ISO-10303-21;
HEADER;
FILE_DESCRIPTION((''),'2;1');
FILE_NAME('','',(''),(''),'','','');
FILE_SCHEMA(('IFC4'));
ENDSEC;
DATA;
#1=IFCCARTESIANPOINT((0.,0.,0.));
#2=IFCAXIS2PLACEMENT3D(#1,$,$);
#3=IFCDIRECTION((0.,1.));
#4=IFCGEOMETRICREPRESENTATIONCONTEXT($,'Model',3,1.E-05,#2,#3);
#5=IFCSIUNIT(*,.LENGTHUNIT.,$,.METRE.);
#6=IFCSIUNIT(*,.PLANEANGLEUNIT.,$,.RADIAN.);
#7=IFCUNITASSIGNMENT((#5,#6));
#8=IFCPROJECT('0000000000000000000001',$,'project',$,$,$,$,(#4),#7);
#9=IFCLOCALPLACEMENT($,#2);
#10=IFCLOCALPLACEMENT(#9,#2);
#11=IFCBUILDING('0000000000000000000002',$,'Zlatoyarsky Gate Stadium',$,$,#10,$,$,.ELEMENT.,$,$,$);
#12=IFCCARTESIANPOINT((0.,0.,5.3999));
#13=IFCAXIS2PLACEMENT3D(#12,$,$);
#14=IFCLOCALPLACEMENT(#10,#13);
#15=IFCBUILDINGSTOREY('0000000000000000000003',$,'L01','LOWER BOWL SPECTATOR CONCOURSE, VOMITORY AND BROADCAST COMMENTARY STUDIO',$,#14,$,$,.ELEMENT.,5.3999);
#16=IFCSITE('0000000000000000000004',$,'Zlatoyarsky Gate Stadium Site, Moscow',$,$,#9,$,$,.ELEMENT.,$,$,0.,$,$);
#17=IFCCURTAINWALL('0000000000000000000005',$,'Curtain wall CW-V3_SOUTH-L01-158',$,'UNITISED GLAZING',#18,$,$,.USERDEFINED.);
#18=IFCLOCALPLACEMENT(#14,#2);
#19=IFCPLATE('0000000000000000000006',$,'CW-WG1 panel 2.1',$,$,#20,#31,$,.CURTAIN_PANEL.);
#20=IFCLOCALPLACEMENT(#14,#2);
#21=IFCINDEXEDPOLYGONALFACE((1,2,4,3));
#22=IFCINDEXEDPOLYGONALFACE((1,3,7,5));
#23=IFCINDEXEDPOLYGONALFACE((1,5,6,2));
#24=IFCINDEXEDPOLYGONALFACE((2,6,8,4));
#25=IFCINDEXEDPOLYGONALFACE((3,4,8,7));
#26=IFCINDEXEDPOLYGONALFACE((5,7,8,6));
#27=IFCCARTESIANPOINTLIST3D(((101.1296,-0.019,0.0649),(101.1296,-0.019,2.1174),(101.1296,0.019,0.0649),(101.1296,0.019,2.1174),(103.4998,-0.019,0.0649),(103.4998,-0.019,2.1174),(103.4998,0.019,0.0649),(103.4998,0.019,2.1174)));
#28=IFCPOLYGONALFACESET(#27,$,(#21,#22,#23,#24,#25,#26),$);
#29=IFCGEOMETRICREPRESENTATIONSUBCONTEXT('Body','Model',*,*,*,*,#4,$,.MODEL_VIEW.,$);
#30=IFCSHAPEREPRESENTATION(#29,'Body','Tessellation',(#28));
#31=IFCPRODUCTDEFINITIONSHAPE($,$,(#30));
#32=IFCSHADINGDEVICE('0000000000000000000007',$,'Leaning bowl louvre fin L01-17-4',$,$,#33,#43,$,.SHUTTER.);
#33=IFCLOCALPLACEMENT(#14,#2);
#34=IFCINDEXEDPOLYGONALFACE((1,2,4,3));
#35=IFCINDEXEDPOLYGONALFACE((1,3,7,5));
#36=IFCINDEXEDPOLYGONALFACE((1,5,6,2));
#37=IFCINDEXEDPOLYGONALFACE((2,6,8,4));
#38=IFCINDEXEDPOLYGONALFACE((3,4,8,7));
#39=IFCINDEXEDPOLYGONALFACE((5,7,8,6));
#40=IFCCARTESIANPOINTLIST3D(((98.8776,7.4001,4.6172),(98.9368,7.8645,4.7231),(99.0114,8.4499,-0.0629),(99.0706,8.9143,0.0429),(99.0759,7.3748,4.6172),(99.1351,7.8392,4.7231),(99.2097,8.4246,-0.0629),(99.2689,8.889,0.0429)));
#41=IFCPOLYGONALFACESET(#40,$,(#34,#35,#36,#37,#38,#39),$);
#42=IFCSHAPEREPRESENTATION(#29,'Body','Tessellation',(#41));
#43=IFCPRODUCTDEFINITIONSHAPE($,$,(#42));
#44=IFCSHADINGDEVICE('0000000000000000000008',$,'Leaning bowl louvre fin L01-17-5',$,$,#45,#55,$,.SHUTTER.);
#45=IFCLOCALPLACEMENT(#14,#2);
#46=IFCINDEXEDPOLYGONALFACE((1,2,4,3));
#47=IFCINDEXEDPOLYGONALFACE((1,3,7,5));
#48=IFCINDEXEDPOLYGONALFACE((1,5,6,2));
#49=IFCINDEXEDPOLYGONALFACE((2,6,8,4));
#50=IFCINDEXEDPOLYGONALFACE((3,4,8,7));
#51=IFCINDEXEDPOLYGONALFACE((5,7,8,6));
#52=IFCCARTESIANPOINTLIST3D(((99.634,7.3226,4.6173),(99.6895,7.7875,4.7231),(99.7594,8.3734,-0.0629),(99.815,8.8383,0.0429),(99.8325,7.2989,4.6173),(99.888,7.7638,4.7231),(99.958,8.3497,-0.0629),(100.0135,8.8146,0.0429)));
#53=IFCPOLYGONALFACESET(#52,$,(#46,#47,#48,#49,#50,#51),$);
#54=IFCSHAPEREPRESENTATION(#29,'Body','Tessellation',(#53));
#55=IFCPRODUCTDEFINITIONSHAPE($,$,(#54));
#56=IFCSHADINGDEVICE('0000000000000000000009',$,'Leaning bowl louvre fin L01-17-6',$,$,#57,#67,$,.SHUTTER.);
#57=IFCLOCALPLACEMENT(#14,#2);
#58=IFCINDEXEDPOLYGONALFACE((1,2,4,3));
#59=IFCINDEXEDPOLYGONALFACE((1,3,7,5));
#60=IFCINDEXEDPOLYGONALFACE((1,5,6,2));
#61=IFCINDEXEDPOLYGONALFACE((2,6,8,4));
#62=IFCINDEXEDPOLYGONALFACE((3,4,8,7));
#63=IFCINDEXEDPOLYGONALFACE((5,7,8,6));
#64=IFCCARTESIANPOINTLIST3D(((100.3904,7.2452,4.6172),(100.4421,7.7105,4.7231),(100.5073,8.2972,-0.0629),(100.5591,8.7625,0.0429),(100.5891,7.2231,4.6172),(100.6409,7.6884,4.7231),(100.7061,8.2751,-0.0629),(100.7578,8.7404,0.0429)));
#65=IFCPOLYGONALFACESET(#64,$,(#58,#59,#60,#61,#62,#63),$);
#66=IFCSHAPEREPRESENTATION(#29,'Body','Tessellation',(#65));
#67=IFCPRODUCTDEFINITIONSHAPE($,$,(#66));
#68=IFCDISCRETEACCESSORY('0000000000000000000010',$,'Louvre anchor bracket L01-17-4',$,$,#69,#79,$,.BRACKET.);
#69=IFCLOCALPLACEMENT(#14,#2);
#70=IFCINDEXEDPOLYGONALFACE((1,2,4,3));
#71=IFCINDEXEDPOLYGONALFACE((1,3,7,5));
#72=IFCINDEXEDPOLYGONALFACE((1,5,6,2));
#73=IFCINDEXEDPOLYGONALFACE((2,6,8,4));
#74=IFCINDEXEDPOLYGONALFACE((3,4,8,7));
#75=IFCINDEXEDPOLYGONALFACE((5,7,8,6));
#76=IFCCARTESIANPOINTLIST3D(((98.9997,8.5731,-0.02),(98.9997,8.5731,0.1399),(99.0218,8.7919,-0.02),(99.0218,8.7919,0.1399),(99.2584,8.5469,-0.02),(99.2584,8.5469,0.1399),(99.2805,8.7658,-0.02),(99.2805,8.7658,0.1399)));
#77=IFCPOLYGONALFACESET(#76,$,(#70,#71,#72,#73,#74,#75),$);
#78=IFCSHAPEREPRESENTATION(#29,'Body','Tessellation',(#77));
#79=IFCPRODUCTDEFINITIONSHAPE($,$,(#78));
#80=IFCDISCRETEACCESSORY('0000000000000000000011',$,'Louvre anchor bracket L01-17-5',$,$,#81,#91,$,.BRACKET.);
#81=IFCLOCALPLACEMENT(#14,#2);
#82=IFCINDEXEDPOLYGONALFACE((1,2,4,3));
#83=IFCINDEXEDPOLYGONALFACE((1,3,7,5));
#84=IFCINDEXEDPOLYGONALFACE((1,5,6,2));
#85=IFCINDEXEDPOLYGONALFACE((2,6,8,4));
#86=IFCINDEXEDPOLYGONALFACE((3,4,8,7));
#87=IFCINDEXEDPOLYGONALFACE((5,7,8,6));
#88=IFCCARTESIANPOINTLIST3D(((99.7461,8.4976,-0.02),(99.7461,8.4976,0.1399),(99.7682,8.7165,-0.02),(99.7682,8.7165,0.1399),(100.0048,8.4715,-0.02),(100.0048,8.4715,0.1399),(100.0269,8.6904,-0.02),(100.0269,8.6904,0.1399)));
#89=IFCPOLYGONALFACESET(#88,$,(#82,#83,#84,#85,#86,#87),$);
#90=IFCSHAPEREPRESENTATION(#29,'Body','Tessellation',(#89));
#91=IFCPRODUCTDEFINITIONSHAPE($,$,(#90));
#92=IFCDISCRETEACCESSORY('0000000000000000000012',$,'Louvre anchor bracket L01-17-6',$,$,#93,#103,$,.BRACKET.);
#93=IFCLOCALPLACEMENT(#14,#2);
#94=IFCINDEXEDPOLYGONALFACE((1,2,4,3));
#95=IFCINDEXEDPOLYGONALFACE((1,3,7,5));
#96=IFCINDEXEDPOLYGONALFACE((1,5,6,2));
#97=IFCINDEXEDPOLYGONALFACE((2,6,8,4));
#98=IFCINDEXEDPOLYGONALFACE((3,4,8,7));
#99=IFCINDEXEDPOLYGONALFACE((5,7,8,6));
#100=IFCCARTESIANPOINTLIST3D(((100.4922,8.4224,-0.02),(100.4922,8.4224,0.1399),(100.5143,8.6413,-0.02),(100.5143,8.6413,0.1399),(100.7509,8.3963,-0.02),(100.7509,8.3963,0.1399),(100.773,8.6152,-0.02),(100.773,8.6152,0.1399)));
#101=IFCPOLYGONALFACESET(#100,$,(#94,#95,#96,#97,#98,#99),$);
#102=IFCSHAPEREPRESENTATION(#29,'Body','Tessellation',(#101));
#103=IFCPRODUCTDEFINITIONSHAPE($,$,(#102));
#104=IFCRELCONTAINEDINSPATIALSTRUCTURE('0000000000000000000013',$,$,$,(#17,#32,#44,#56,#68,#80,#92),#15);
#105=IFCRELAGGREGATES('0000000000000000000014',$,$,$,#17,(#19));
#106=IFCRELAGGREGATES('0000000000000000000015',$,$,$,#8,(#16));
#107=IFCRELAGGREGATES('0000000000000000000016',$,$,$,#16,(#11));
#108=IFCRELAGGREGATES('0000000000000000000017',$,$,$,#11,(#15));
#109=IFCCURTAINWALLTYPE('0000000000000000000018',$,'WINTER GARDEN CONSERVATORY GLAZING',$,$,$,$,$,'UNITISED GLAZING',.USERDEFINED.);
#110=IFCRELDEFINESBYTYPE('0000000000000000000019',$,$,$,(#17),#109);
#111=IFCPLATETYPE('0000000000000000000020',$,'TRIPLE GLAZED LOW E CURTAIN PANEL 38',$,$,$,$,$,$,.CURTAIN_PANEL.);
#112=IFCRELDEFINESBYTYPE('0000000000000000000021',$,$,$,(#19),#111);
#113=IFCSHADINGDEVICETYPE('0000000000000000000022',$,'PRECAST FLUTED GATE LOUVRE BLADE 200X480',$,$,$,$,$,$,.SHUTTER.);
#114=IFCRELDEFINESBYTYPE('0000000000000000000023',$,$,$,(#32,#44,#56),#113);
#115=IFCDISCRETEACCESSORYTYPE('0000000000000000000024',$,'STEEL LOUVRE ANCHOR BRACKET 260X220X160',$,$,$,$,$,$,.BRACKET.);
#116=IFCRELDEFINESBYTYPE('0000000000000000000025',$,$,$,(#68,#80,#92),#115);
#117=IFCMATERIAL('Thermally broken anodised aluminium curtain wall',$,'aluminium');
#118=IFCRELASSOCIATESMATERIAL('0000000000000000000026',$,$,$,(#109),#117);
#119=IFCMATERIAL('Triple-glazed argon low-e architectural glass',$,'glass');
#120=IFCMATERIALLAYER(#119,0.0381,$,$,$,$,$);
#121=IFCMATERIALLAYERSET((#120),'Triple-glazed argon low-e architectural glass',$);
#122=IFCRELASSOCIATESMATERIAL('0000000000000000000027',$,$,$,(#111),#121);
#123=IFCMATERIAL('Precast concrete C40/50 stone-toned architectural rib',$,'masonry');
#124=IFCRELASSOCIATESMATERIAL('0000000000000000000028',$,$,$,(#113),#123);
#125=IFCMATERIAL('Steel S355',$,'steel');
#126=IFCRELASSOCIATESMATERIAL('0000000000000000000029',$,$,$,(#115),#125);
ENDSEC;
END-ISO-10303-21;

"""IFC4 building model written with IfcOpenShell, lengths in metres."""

from ifc_helpers import new_model, si_unit, direction, frame, origin, origin_2d, place, context, subcontext, project, spatial, rectangle, extrude, material, layer, layer_set, material_profile, profile_set, type_object, element, aggregate, save


model = new_model("IFC4")

# Units and contexts
model_context = context("Model", 3, precision=1e-05, world=origin(), true_north=direction((0.0, 1.0)))
body_context = subcontext(model_context, "Body", "Model", "MODEL_VIEW")
ifc_project = project(units=[si_unit("LENGTHUNIT", "METRE"), si_unit("PLANEANGLEUNIT", "RADIAN")], contexts=[model_context])

# Site, building, storey
site_placement = place(None, origin())
site = spatial("IfcSite", under=ifc_project, at=site_placement, Name="Zlatoyarsky Gate Stadium Site, Moscow", CompositionType="ELEMENT", RefElevation=0.0)
building_placement = place(site_placement, origin())
building = spatial("IfcBuilding", under=site, at=building_placement, Name="Zlatoyarsky Gate Stadium", CompositionType="ELEMENT")
storey_placement = place(building_placement, frame((0.0, 0.0, 5.3999)))
storey = spatial("IfcBuildingStorey", under=building, at=storey_placement, Name="L01", Description="LOWER BOWL SPECTATOR CONCOURSE, VOMITORY AND BROADCAST COMMENTARY STUDIO", CompositionType="ELEMENT", Elevation=5.3999)

# Shared definitions
ifc_material_1 = material(Name="Thermally broken anodised aluminium curtain wall", Category="aluminium")

# Curtain wall
curtain_wall_type_1 = type_object("IfcCurtainWallType", Name="WINTER GARDEN CONSERVATORY GLAZING", ElementType="UNITISED GLAZING", PredefinedType="USERDEFINED", material=ifc_material_1)
curtain_wall_1_placement = place(storey_placement, origin())
curtain_wall_1 = element("IfcCurtainWall", 1, at=curtain_wall_1_placement, inside=storey, type_object=curtain_wall_type_1, Name="Curtain wall CW-V3_SOUTH-L01-158", ObjectType="UNITISED GLAZING", PredefinedType="USERDEFINED")

# Shared definitions
ifc_material_2 = material(Name="Steel S355", Category="steel")

# Plate
ifc_material_3 = material(Name="Triple-glazed argon low-e architectural glass", Category="glass")
ifc_layer_1 = layer(ifc_material_3, 0.0381)
ifc_layer_set_1 = layer_set([ifc_layer_1], Name="Triple-glazed argon low-e architectural glass")
plate_type_1 = type_object("IfcPlateType", Name="TRIPLE GLAZED LOW E CURTAIN PANEL 38", PredefinedType="CURTAIN_PANEL", material=ifc_layer_set_1)
plate_1_placement = place(storey_placement, frame((102.3147, 0.0, 0.0649), z_axis=(0.0, 0.0, 1.0), x_axis=(1.0, 0.0, 0.0)))
plate_1 = element("IfcPlate", 2, at=plate_1_placement, type_object=plate_type_1, Name="CW-WG1 panel 2.1", PredefinedType="CURTAIN_PANEL", context=body_context, shape_type="SweptSolid", body=[
    extrude(rectangle(XDim=2.3701, YDim=0.0381, at=origin_2d()), origin(), (0.0, 0.0, 1.0), 2.0525),
])
aggregate(curtain_wall_1, [plate_1])

# Shading devices
ifc_material_4 = material(Name="Precast concrete C40/50 stone-toned architectural rib", Category="masonry")
ifc_material_profile_1 = material_profile(ifc_material_4, rectangle(XDim=0.2, YDim=0.48, at=origin_2d()), Name="RIB 200X480")
ifc_profile_set_1 = profile_set([ifc_material_profile_1], Name="Precast concrete C40/50 stone-toned architectural rib")
shading_device_type = type_object("IfcShadingDeviceType", Name="PRECAST FLUTED GATE LOUVRE BLADE 200X480", PredefinedType="SHUTTER", material=ifc_profile_set_1)
for number, where, z_axis, x_axis, name in (
    (3, (99.1401, 8.6694, -0.01), (-0.027882, -0.218785, 0.975375), (0.991977, -0.126419, 0.0), "Leaning bowl louvre fin L01-17-4"),
    (4, (99.8865, 8.594, -0.01), (-0.026153, -0.218989, 0.975377), (0.992944, -0.118581, 0.0), "Leaning bowl louvre fin L01-17-5"),
    (5, (100.6326, 8.5188, -0.01), (-0.024371, -0.219241, 0.975366), (0.993878, -0.110482, 0.0), "Leaning bowl louvre fin L01-17-6"),
):
    element("IfcShadingDevice", number, at=place(storey_placement, frame(where, z_axis=z_axis, x_axis=x_axis)), inside=storey, type_object=shading_device_type, Name=name, PredefinedType="SHUTTER", context=body_context, shape_type="SweptSolid", body=[
        extrude(rectangle(XDim=0.2, YDim=0.48, at=origin_2d()), origin(), (0.0, 0.0, 1.0), 4.7983),
    ])

# Discrete accessories
discrete_accessory_type = type_object("IfcDiscreteAccessoryType", Name="STEEL LOUVRE ANCHOR BRACKET 260X220X160", PredefinedType="BRACKET", material=ifc_material_2)
for number, where, z_axis, x_axis, name in (
    (6, (99.1401, 8.6694, -0.02), (0.0, 0.0, 1.0), (0.994937, -0.100499, 0.0), "Louvre anchor bracket L01-17-4"),
    (7, (99.8865, 8.594, -0.02), (0.0, 0.0, 1.0), (0.994937, -0.100499, 0.0), "Louvre anchor bracket L01-17-5"),
    (8, (100.6326, 8.5188, -0.02), (0.0, 0.0, 1.0), (0.994937, -0.100499, 0.0), "Louvre anchor bracket L01-17-6"),
):
    element("IfcDiscreteAccessory", number, at=place(storey_placement, frame(where, z_axis=z_axis, x_axis=x_axis)), inside=storey, type_object=discrete_accessory_type, Name=name, PredefinedType="BRACKET", context=body_context, shape_type="SweptSolid", body=[
        extrude(rectangle(XDim=0.26, YDim=0.22, at=origin_2d()), origin(), (0.0, 0.0, 1.0), 0.1599),
    ])

save(model, "model.ifc")
